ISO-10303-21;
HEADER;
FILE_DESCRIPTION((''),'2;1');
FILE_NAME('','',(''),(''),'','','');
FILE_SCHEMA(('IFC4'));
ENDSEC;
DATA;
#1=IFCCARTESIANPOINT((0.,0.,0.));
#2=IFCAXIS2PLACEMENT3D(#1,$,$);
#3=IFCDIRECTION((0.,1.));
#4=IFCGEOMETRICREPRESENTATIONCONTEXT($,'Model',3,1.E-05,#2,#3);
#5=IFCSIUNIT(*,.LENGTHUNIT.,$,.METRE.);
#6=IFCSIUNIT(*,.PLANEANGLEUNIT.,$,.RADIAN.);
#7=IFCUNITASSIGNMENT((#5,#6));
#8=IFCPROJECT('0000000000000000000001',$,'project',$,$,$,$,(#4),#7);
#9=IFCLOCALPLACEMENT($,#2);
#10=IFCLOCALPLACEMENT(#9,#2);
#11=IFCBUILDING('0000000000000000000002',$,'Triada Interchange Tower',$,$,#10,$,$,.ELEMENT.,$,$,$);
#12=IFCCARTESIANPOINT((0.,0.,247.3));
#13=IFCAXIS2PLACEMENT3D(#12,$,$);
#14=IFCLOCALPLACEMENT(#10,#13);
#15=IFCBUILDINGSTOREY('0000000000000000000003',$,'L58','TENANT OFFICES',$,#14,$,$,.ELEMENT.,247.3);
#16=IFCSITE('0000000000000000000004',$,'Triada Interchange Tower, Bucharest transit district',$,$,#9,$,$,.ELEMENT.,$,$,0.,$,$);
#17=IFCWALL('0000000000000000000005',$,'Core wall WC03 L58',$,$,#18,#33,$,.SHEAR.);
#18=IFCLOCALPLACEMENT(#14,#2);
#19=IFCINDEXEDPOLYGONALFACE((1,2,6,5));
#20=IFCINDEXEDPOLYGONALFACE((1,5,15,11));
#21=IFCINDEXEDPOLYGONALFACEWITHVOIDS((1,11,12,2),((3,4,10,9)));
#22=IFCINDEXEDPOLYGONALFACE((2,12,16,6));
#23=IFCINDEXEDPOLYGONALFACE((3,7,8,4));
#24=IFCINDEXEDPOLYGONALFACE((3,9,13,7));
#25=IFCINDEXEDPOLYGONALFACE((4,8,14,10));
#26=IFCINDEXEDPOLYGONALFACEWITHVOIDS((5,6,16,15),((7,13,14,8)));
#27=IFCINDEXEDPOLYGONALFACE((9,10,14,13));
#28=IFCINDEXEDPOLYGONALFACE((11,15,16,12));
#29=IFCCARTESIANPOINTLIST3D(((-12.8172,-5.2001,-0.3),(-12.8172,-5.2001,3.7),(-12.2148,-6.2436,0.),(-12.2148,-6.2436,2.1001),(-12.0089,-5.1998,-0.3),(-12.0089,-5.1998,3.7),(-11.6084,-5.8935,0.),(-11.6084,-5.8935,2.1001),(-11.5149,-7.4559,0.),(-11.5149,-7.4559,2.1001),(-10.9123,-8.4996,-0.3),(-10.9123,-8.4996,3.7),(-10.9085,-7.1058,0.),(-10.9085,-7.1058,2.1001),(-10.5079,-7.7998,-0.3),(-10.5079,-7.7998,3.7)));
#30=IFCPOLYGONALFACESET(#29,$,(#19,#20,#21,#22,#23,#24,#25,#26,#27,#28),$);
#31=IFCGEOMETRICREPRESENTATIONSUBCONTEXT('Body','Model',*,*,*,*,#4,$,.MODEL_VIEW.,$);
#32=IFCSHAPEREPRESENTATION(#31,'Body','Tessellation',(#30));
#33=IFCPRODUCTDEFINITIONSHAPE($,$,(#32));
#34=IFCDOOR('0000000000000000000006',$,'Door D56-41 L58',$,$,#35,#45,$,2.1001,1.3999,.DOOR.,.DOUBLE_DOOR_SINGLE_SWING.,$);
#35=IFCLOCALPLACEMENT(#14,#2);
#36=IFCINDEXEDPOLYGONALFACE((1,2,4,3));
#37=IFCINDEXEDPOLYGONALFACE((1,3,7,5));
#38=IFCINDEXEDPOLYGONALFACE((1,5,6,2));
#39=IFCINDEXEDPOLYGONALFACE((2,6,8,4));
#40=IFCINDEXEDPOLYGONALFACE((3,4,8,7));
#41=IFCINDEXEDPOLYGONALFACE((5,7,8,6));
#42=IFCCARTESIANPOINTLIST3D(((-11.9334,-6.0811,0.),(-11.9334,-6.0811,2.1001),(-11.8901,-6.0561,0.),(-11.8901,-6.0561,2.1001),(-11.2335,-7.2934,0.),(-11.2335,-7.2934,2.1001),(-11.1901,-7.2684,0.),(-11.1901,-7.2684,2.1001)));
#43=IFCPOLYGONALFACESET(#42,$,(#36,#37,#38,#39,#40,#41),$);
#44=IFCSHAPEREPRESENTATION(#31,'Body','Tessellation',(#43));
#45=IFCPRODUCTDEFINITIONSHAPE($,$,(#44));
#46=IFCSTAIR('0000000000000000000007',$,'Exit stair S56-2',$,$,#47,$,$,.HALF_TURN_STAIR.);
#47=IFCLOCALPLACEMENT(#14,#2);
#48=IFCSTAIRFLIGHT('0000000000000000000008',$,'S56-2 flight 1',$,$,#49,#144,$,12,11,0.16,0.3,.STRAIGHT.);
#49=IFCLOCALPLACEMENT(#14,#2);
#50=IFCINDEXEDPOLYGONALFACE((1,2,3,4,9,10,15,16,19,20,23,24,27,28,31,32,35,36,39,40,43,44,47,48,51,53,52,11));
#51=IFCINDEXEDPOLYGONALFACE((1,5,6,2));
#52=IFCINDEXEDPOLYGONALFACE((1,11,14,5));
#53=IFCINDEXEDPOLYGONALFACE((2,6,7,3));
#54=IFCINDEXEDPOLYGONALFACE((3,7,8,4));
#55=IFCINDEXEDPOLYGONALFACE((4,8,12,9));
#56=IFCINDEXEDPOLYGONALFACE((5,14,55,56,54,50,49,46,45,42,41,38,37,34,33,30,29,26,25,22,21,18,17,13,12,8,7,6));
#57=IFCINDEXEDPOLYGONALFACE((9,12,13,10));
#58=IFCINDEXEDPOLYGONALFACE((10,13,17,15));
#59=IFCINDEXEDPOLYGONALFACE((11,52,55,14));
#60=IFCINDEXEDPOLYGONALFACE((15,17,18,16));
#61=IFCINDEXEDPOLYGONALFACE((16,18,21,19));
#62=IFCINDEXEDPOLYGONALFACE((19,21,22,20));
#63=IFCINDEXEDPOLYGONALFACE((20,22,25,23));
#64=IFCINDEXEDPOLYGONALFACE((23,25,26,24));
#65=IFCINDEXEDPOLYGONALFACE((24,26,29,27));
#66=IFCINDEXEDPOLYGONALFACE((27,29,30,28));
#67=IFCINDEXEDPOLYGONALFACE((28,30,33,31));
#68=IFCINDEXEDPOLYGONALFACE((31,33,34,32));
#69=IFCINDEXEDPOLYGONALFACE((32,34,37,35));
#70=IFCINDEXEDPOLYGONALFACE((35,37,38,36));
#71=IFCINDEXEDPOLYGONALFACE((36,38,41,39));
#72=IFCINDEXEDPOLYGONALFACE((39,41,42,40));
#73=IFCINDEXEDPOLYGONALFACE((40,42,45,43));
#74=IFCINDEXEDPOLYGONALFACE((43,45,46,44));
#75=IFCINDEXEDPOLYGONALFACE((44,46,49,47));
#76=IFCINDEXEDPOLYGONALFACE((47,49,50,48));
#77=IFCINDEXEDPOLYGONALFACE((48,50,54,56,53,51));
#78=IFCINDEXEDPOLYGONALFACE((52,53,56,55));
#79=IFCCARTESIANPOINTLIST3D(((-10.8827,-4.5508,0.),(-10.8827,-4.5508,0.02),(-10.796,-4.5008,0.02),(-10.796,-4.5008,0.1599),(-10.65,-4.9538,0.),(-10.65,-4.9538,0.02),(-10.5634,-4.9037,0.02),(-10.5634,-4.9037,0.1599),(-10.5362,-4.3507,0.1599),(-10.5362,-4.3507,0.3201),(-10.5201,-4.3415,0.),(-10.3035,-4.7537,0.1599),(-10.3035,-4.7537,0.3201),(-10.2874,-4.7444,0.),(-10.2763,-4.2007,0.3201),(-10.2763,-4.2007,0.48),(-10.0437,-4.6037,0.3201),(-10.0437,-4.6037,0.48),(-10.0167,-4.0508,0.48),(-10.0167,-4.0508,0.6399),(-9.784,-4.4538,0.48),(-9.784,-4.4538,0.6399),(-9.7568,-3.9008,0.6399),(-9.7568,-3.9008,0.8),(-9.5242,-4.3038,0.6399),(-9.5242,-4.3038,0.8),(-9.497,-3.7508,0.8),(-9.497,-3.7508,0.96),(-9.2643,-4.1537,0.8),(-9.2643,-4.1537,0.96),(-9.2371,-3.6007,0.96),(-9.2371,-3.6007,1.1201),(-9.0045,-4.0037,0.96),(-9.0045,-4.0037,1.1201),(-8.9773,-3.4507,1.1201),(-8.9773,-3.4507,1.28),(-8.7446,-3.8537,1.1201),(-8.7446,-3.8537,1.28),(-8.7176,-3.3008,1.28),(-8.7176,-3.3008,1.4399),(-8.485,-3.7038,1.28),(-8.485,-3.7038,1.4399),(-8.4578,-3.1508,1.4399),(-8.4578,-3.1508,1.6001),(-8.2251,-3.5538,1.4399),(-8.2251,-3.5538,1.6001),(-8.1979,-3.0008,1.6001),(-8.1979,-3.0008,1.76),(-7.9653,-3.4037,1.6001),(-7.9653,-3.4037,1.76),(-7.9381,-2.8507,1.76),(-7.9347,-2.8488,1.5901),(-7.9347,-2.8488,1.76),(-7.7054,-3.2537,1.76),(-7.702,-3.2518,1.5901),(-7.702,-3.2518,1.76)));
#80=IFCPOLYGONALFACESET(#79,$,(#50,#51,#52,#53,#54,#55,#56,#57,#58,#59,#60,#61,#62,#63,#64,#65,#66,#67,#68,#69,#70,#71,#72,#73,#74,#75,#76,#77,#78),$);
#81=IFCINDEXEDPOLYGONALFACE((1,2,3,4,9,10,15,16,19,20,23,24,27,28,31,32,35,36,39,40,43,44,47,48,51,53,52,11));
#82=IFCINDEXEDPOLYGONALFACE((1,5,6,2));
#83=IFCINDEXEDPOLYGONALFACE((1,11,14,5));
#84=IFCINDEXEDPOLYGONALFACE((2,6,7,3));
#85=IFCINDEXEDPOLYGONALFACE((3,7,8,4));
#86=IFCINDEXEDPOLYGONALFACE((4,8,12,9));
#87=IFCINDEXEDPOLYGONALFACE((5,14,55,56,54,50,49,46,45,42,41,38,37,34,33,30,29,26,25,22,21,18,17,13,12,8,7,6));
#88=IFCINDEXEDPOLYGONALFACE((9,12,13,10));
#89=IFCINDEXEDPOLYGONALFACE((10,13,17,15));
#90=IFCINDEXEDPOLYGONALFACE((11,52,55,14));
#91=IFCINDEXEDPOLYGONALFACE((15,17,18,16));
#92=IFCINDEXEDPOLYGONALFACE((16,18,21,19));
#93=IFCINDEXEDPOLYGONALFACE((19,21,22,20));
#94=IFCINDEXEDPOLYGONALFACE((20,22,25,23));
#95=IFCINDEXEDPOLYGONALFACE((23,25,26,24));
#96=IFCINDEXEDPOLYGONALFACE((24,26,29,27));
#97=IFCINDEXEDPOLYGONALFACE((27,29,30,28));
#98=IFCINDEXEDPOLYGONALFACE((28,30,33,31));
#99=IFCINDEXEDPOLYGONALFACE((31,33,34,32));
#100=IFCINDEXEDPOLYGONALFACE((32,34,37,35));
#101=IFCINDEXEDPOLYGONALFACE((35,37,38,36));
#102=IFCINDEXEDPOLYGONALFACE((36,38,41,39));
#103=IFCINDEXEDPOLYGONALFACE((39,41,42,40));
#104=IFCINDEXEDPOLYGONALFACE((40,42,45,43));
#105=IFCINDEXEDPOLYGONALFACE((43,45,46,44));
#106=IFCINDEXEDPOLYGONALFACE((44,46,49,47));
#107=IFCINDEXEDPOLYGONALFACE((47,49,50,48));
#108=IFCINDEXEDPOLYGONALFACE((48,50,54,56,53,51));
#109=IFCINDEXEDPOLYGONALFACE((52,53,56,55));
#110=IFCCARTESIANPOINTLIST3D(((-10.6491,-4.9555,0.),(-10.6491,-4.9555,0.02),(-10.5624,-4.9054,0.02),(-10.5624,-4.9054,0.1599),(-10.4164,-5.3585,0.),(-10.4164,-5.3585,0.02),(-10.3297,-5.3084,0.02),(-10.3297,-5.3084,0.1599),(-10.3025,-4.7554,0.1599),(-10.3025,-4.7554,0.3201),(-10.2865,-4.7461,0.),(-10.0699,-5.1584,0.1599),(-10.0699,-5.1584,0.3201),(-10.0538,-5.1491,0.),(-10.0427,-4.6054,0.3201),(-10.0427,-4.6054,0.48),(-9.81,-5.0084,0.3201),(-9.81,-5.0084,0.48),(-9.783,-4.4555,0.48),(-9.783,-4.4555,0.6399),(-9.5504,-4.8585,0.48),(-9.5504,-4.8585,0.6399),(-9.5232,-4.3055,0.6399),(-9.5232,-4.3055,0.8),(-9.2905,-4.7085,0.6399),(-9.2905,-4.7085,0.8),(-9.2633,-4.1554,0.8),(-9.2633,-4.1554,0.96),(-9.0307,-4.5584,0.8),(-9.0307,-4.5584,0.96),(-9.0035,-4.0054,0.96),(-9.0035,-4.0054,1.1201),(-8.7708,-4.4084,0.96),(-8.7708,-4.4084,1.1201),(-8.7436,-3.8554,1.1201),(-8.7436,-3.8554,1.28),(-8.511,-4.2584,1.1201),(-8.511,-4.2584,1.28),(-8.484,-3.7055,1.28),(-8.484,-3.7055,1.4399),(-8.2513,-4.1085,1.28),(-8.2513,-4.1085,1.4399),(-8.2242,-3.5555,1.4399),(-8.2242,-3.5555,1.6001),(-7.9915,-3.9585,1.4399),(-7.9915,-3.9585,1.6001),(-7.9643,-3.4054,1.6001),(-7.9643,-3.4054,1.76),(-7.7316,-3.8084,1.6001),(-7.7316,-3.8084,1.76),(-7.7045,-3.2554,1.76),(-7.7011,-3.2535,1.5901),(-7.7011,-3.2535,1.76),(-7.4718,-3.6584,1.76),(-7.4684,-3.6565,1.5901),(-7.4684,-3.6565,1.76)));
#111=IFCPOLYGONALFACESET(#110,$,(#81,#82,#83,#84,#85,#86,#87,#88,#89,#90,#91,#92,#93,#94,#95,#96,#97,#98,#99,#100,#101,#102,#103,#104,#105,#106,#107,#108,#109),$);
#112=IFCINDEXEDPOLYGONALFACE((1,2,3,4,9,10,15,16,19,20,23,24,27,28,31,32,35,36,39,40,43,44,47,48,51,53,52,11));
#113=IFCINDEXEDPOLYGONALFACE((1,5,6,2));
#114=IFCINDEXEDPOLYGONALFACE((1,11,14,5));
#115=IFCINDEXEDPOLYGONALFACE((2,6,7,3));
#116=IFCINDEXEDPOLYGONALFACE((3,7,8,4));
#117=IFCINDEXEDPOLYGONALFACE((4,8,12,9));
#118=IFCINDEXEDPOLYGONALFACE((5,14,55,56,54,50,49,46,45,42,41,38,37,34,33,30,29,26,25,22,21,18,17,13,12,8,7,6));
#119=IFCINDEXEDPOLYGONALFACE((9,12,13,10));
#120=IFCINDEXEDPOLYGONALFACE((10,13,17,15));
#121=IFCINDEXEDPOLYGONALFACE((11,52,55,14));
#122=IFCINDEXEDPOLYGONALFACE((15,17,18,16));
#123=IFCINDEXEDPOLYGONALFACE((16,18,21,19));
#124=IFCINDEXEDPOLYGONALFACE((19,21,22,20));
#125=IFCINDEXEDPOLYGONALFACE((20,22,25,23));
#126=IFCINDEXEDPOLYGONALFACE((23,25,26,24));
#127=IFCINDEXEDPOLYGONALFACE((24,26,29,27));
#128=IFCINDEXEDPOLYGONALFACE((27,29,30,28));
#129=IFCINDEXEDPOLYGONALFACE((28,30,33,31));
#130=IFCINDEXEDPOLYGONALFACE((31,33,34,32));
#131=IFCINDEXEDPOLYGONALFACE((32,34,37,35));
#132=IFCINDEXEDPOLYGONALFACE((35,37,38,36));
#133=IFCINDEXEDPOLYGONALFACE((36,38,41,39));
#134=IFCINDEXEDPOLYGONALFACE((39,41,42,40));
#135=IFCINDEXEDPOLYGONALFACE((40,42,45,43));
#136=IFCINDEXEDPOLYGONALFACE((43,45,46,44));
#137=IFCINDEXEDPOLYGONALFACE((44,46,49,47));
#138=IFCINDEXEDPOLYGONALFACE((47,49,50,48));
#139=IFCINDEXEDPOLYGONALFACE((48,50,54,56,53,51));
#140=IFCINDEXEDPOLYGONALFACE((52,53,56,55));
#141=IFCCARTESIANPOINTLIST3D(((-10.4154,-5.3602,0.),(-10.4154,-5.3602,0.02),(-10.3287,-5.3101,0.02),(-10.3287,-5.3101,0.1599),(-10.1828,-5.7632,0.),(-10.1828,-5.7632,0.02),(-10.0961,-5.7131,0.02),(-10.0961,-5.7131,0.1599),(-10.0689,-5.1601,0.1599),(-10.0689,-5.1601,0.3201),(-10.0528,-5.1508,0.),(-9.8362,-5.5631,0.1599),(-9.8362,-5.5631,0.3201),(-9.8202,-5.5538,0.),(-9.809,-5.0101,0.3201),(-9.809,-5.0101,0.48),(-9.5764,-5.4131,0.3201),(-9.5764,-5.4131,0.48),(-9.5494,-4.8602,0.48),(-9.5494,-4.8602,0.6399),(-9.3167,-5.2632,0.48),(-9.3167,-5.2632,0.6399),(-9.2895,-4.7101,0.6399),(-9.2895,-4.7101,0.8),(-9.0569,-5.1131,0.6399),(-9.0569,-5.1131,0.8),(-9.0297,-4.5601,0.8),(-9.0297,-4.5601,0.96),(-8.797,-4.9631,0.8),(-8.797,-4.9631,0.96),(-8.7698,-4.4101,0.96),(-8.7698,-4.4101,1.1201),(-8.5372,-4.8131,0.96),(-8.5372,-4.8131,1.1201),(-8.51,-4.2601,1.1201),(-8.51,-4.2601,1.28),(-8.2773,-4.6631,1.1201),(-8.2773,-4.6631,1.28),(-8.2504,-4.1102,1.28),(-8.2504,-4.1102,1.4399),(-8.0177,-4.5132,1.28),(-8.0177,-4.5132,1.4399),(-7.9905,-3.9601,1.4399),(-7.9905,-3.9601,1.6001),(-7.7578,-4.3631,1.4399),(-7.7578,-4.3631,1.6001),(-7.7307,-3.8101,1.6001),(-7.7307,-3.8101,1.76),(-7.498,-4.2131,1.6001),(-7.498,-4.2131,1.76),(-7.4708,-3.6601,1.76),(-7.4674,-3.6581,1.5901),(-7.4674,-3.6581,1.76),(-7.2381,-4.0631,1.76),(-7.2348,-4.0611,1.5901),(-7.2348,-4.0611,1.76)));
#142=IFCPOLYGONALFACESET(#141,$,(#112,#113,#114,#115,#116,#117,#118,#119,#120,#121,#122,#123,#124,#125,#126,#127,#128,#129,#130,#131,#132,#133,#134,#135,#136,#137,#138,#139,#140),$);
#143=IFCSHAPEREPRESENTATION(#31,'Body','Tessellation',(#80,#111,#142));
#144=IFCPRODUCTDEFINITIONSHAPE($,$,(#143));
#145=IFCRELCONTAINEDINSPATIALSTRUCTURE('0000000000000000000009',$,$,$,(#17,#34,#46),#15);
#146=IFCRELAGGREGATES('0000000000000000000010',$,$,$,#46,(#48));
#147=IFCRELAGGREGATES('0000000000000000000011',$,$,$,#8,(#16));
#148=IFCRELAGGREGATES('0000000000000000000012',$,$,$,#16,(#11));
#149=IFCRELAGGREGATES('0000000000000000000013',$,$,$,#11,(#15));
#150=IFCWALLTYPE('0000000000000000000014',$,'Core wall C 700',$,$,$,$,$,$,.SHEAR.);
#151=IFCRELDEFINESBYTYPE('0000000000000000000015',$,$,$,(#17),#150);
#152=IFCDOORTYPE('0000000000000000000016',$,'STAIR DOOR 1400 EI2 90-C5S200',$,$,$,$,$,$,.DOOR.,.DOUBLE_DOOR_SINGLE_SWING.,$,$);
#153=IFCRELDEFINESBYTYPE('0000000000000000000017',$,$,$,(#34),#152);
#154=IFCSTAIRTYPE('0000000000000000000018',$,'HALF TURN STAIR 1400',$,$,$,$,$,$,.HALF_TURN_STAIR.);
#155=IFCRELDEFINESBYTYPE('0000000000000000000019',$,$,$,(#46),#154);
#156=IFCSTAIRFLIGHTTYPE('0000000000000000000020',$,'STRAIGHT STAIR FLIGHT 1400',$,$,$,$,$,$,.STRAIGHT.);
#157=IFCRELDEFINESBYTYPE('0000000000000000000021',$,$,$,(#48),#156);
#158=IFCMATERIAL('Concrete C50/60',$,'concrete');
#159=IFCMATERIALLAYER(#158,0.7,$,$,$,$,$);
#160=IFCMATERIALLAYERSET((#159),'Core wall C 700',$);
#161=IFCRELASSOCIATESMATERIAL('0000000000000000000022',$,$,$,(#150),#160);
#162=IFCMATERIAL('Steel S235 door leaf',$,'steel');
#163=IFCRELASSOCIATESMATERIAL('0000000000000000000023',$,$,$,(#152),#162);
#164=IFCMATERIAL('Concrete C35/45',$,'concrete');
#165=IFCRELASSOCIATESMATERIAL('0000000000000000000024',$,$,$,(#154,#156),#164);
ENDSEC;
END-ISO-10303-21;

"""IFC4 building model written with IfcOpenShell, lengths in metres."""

from ifc_helpers import new_model, si_unit, direction, frame, frame_2d, origin, place, context, subcontext, project, spatial, polyline, rectangle, outline, extrude, material, layer, layer_set, type_object, element, fill, aggregate, save


model = new_model("IFC4")

# Units and contexts
model_context = context("Model", 3, precision=1e-05, world=origin(), true_north=direction((0.0, 1.0)))
body_context = subcontext(model_context, "Body", "Model", "MODEL_VIEW")
ifc_project = project(units=[si_unit("LENGTHUNIT", "METRE"), si_unit("PLANEANGLEUNIT", "RADIAN")], contexts=[model_context])

# Site, building, storey
site_placement = place(None, origin())
site = spatial("IfcSite", under=ifc_project, at=site_placement, Name="Triada Interchange Tower, Bucharest transit district", CompositionType="ELEMENT", RefElevation=0.0)
building_placement = place(site_placement, origin())
building = spatial("IfcBuilding", under=site, at=building_placement, Name="Triada Interchange Tower", CompositionType="ELEMENT")
storey_placement = place(building_placement, frame((0.0, 0.0, 247.3)))
storey = spatial("IfcBuildingStorey", under=building, at=storey_placement, Name="L58", Description="TENANT OFFICES", CompositionType="ELEMENT", Elevation=247.3)

# Shared definitions
ifc_material_1 = material(Name="Steel S235 door leaf", Category="steel")

# Wall, opening, door
ifc_material_2 = material(Name="Concrete C50/60", Category="concrete")
ifc_layer_1 = layer(ifc_material_2, 0.7)
ifc_layer_set_1 = layer_set([ifc_layer_1], Name="Core wall C 700")
wall_type_1 = type_object("IfcWallType", Name="Core wall C 700", PredefinedType="SHEAR", material=ifc_layer_set_1)
wall_1_placement = place(storey_placement, frame((-12.4131, -5.2, -0.3), z_axis=(0.0, 0.0, 1.0), x_axis=(0.499993, -0.866029, 0.0)))
wall_1 = element("IfcWall", 1, at=wall_1_placement, inside=storey, type_object=wall_type_1, Name="Core wall WC03 L58", PredefinedType="SHEAR", context=body_context, shape_type="SweptSolid", body=[
    extrude(outline(polyline([(-0.2019, -0.3501), (1.7031, -0.3501), (3.6079, -0.3501), (3.2041, 0.3501), (1.7031, 0.3501), (0.2019, 0.3501), (-0.2019, -0.3501)])), origin(), (0.0, 0.0, 1.0), 4.0),
])
opening_1_placement = place(wall_1_placement, frame((1.0029, 0.0, 0.3)))
opening_1 = element("IfcOpeningElement", 2, at=opening_1_placement, cuts=wall_1, PredefinedType="OPENING", context=body_context, shape_type="SweptSolid", body=[
    extrude(rectangle(XDim=1.3999, YDim=2.1001, at=frame_2d((0.7, 1.05))), frame((0.0, 0.3601, 0.0), z_axis=(0.0, -1.0, 0.0), x_axis=(1.0, 0.0, 0.0)), (0.0, 0.0, 1.0), 0.7202),
])
door_type_1 = type_object("IfcDoorType", Name="STAIR DOOR 1400 EI2 90-C5S200", OperationType="DOUBLE_DOOR_SINGLE_SWING", PredefinedType="DOOR", material=ifc_material_1)
door_1_placement = place(opening_1_placement, origin())
door_1 = element("IfcDoor", 3, at=door_1_placement, inside=storey, type_object=door_type_1, Name="Door D56-41 L58", OperationType="DOUBLE_DOOR_SINGLE_SWING", OverallHeight=2.1001, OverallWidth=1.3999, PredefinedType="DOOR", context=body_context, shape_type="SweptSolid", body=[
    extrude(rectangle(XDim=1.3999, YDim=2.1001, at=frame_2d((0.7, 1.05))), frame((0.0, 0.0249, 0.0), z_axis=(0.0, -1.0, 0.0), x_axis=(1.0, 0.0, 0.0)), (0.0, 0.0, 1.0), 0.05),
])
fill(opening_1, door_1)

# Stair, stair flight
ifc_material_3 = material(Name="Concrete C35/45", Category="concrete")
stair_type = type_object("IfcStairType", Name="HALF TURN STAIR 1400", PredefinedType="HALF_TURN_STAIR", material=ifc_material_3)
stair_placement = place(storey_placement, origin())
stair = element("IfcStair", 4, at=stair_placement, inside=storey, type_object=stair_type, Name="Exit stair S56-2", PredefinedType="HALF_TURN_STAIR")
stair_flight_type = type_object("IfcStairFlightType", Name="STRAIGHT STAIR FLIGHT 1400", PredefinedType="STRAIGHT", material=ifc_material_3)
stair_flight_1_placement = place(storey_placement, frame((-10.446, -5.1069, 0.0), z_axis=(0.0, 0.0, 1.0), x_axis=(0.866025, 0.5, 0.0)))
stair_flight_1 = element("IfcStairFlight", 5, at=stair_flight_1_placement, type_object=stair_flight_type, Name="S56-2 flight 1", NumberOfRisers=12, NumberOfTreads=11, PredefinedType="STRAIGHT", RiserHeight=0.16, TreadLength=0.3, context=body_context, shape_type="SweptSolid", body=[
    extrude(outline(polyline([(-0.1001, 0.0), (-0.1001, 0.02), (0.0, 0.02), (0.0, 0.1599), (0.3, 0.1599), (0.3, 0.3201), (0.6001, 0.3201), (0.6001, 0.48), (0.8999, 0.48), (0.8999, 0.6399), (1.2, 0.6399), (1.2, 0.8), (1.5, 0.8), (1.5, 0.96), (1.8, 0.96), (1.8, 1.1201), (2.1001, 1.1201), (2.1001, 1.28), (2.3999, 1.28), (2.3999, 1.4399), (2.7, 1.4399), (2.7, 1.6001), (3.0, 1.6001), (3.0, 1.76), (3.3, 1.76), (3.304, 1.76), (3.304, 1.9199), (3.304, 1.5901), (0.3186, 0.0), (-0.1001, 0.0)])), frame((0.0, 0.7, 0.0), z_axis=(0.0, -1.0, 0.0), x_axis=(1.0, 0.0, 0.0)), (0.0, 0.0, 1.0), 0.4653),
    extrude(outline(polyline([(-0.1001, 0.0), (-0.1001, 0.02), (0.0, 0.02), (0.0, 0.1599), (0.3, 0.1599), (0.3, 0.3201), (0.6001, 0.3201), (0.6001, 0.48), (0.8999, 0.48), (0.8999, 0.6399), (1.2, 0.6399), (1.2, 0.8), (1.5, 0.8), (1.5, 0.96), (1.8, 0.96), (1.8, 1.1201), (2.1001, 1.1201), (2.1001, 1.28), (2.3999, 1.28), (2.3999, 1.4399), (2.7, 1.4399), (2.7, 1.6001), (3.0, 1.6001), (3.0, 1.76), (3.3, 1.76), (3.304, 1.76), (3.304, 1.9199), (3.304, 1.5901), (0.3186, 0.0), (-0.1001, 0.0)])), frame((0.0, 0.2327, 0.0), z_axis=(0.0, -1.0, 0.0), x_axis=(1.0, 0.0, 0.0)), (0.0, 0.0, 1.0), 0.4653),
    extrude(outline(polyline([(-0.1001, 0.0), (-0.1001, 0.02), (0.0, 0.02), (0.0, 0.1599), (0.3, 0.1599), (0.3, 0.3201), (0.6001, 0.3201), (0.6001, 0.48), (0.8999, 0.48), (0.8999, 0.6399), (1.2, 0.6399), (1.2, 0.8), (1.5, 0.8), (1.5, 0.96), (1.8, 0.96), (1.8, 1.1201), (2.1001, 1.1201), (2.1001, 1.28), (2.3999, 1.28), (2.3999, 1.4399), (2.7, 1.4399), (2.7, 1.6001), (3.0, 1.6001), (3.0, 1.76), (3.3, 1.76), (3.304, 1.76), (3.304, 1.9199), (3.304, 1.5901), (0.3186, 0.0), (-0.1001, 0.0)])), frame((0.0, -0.2346, 0.0), z_axis=(0.0, -1.0, 0.0), x_axis=(1.0, 0.0, 0.0)), (0.0, 0.0, 1.0), 0.4653),
])
aggregate(stair, [stair_flight_1])

save(model, "model.ifc")
